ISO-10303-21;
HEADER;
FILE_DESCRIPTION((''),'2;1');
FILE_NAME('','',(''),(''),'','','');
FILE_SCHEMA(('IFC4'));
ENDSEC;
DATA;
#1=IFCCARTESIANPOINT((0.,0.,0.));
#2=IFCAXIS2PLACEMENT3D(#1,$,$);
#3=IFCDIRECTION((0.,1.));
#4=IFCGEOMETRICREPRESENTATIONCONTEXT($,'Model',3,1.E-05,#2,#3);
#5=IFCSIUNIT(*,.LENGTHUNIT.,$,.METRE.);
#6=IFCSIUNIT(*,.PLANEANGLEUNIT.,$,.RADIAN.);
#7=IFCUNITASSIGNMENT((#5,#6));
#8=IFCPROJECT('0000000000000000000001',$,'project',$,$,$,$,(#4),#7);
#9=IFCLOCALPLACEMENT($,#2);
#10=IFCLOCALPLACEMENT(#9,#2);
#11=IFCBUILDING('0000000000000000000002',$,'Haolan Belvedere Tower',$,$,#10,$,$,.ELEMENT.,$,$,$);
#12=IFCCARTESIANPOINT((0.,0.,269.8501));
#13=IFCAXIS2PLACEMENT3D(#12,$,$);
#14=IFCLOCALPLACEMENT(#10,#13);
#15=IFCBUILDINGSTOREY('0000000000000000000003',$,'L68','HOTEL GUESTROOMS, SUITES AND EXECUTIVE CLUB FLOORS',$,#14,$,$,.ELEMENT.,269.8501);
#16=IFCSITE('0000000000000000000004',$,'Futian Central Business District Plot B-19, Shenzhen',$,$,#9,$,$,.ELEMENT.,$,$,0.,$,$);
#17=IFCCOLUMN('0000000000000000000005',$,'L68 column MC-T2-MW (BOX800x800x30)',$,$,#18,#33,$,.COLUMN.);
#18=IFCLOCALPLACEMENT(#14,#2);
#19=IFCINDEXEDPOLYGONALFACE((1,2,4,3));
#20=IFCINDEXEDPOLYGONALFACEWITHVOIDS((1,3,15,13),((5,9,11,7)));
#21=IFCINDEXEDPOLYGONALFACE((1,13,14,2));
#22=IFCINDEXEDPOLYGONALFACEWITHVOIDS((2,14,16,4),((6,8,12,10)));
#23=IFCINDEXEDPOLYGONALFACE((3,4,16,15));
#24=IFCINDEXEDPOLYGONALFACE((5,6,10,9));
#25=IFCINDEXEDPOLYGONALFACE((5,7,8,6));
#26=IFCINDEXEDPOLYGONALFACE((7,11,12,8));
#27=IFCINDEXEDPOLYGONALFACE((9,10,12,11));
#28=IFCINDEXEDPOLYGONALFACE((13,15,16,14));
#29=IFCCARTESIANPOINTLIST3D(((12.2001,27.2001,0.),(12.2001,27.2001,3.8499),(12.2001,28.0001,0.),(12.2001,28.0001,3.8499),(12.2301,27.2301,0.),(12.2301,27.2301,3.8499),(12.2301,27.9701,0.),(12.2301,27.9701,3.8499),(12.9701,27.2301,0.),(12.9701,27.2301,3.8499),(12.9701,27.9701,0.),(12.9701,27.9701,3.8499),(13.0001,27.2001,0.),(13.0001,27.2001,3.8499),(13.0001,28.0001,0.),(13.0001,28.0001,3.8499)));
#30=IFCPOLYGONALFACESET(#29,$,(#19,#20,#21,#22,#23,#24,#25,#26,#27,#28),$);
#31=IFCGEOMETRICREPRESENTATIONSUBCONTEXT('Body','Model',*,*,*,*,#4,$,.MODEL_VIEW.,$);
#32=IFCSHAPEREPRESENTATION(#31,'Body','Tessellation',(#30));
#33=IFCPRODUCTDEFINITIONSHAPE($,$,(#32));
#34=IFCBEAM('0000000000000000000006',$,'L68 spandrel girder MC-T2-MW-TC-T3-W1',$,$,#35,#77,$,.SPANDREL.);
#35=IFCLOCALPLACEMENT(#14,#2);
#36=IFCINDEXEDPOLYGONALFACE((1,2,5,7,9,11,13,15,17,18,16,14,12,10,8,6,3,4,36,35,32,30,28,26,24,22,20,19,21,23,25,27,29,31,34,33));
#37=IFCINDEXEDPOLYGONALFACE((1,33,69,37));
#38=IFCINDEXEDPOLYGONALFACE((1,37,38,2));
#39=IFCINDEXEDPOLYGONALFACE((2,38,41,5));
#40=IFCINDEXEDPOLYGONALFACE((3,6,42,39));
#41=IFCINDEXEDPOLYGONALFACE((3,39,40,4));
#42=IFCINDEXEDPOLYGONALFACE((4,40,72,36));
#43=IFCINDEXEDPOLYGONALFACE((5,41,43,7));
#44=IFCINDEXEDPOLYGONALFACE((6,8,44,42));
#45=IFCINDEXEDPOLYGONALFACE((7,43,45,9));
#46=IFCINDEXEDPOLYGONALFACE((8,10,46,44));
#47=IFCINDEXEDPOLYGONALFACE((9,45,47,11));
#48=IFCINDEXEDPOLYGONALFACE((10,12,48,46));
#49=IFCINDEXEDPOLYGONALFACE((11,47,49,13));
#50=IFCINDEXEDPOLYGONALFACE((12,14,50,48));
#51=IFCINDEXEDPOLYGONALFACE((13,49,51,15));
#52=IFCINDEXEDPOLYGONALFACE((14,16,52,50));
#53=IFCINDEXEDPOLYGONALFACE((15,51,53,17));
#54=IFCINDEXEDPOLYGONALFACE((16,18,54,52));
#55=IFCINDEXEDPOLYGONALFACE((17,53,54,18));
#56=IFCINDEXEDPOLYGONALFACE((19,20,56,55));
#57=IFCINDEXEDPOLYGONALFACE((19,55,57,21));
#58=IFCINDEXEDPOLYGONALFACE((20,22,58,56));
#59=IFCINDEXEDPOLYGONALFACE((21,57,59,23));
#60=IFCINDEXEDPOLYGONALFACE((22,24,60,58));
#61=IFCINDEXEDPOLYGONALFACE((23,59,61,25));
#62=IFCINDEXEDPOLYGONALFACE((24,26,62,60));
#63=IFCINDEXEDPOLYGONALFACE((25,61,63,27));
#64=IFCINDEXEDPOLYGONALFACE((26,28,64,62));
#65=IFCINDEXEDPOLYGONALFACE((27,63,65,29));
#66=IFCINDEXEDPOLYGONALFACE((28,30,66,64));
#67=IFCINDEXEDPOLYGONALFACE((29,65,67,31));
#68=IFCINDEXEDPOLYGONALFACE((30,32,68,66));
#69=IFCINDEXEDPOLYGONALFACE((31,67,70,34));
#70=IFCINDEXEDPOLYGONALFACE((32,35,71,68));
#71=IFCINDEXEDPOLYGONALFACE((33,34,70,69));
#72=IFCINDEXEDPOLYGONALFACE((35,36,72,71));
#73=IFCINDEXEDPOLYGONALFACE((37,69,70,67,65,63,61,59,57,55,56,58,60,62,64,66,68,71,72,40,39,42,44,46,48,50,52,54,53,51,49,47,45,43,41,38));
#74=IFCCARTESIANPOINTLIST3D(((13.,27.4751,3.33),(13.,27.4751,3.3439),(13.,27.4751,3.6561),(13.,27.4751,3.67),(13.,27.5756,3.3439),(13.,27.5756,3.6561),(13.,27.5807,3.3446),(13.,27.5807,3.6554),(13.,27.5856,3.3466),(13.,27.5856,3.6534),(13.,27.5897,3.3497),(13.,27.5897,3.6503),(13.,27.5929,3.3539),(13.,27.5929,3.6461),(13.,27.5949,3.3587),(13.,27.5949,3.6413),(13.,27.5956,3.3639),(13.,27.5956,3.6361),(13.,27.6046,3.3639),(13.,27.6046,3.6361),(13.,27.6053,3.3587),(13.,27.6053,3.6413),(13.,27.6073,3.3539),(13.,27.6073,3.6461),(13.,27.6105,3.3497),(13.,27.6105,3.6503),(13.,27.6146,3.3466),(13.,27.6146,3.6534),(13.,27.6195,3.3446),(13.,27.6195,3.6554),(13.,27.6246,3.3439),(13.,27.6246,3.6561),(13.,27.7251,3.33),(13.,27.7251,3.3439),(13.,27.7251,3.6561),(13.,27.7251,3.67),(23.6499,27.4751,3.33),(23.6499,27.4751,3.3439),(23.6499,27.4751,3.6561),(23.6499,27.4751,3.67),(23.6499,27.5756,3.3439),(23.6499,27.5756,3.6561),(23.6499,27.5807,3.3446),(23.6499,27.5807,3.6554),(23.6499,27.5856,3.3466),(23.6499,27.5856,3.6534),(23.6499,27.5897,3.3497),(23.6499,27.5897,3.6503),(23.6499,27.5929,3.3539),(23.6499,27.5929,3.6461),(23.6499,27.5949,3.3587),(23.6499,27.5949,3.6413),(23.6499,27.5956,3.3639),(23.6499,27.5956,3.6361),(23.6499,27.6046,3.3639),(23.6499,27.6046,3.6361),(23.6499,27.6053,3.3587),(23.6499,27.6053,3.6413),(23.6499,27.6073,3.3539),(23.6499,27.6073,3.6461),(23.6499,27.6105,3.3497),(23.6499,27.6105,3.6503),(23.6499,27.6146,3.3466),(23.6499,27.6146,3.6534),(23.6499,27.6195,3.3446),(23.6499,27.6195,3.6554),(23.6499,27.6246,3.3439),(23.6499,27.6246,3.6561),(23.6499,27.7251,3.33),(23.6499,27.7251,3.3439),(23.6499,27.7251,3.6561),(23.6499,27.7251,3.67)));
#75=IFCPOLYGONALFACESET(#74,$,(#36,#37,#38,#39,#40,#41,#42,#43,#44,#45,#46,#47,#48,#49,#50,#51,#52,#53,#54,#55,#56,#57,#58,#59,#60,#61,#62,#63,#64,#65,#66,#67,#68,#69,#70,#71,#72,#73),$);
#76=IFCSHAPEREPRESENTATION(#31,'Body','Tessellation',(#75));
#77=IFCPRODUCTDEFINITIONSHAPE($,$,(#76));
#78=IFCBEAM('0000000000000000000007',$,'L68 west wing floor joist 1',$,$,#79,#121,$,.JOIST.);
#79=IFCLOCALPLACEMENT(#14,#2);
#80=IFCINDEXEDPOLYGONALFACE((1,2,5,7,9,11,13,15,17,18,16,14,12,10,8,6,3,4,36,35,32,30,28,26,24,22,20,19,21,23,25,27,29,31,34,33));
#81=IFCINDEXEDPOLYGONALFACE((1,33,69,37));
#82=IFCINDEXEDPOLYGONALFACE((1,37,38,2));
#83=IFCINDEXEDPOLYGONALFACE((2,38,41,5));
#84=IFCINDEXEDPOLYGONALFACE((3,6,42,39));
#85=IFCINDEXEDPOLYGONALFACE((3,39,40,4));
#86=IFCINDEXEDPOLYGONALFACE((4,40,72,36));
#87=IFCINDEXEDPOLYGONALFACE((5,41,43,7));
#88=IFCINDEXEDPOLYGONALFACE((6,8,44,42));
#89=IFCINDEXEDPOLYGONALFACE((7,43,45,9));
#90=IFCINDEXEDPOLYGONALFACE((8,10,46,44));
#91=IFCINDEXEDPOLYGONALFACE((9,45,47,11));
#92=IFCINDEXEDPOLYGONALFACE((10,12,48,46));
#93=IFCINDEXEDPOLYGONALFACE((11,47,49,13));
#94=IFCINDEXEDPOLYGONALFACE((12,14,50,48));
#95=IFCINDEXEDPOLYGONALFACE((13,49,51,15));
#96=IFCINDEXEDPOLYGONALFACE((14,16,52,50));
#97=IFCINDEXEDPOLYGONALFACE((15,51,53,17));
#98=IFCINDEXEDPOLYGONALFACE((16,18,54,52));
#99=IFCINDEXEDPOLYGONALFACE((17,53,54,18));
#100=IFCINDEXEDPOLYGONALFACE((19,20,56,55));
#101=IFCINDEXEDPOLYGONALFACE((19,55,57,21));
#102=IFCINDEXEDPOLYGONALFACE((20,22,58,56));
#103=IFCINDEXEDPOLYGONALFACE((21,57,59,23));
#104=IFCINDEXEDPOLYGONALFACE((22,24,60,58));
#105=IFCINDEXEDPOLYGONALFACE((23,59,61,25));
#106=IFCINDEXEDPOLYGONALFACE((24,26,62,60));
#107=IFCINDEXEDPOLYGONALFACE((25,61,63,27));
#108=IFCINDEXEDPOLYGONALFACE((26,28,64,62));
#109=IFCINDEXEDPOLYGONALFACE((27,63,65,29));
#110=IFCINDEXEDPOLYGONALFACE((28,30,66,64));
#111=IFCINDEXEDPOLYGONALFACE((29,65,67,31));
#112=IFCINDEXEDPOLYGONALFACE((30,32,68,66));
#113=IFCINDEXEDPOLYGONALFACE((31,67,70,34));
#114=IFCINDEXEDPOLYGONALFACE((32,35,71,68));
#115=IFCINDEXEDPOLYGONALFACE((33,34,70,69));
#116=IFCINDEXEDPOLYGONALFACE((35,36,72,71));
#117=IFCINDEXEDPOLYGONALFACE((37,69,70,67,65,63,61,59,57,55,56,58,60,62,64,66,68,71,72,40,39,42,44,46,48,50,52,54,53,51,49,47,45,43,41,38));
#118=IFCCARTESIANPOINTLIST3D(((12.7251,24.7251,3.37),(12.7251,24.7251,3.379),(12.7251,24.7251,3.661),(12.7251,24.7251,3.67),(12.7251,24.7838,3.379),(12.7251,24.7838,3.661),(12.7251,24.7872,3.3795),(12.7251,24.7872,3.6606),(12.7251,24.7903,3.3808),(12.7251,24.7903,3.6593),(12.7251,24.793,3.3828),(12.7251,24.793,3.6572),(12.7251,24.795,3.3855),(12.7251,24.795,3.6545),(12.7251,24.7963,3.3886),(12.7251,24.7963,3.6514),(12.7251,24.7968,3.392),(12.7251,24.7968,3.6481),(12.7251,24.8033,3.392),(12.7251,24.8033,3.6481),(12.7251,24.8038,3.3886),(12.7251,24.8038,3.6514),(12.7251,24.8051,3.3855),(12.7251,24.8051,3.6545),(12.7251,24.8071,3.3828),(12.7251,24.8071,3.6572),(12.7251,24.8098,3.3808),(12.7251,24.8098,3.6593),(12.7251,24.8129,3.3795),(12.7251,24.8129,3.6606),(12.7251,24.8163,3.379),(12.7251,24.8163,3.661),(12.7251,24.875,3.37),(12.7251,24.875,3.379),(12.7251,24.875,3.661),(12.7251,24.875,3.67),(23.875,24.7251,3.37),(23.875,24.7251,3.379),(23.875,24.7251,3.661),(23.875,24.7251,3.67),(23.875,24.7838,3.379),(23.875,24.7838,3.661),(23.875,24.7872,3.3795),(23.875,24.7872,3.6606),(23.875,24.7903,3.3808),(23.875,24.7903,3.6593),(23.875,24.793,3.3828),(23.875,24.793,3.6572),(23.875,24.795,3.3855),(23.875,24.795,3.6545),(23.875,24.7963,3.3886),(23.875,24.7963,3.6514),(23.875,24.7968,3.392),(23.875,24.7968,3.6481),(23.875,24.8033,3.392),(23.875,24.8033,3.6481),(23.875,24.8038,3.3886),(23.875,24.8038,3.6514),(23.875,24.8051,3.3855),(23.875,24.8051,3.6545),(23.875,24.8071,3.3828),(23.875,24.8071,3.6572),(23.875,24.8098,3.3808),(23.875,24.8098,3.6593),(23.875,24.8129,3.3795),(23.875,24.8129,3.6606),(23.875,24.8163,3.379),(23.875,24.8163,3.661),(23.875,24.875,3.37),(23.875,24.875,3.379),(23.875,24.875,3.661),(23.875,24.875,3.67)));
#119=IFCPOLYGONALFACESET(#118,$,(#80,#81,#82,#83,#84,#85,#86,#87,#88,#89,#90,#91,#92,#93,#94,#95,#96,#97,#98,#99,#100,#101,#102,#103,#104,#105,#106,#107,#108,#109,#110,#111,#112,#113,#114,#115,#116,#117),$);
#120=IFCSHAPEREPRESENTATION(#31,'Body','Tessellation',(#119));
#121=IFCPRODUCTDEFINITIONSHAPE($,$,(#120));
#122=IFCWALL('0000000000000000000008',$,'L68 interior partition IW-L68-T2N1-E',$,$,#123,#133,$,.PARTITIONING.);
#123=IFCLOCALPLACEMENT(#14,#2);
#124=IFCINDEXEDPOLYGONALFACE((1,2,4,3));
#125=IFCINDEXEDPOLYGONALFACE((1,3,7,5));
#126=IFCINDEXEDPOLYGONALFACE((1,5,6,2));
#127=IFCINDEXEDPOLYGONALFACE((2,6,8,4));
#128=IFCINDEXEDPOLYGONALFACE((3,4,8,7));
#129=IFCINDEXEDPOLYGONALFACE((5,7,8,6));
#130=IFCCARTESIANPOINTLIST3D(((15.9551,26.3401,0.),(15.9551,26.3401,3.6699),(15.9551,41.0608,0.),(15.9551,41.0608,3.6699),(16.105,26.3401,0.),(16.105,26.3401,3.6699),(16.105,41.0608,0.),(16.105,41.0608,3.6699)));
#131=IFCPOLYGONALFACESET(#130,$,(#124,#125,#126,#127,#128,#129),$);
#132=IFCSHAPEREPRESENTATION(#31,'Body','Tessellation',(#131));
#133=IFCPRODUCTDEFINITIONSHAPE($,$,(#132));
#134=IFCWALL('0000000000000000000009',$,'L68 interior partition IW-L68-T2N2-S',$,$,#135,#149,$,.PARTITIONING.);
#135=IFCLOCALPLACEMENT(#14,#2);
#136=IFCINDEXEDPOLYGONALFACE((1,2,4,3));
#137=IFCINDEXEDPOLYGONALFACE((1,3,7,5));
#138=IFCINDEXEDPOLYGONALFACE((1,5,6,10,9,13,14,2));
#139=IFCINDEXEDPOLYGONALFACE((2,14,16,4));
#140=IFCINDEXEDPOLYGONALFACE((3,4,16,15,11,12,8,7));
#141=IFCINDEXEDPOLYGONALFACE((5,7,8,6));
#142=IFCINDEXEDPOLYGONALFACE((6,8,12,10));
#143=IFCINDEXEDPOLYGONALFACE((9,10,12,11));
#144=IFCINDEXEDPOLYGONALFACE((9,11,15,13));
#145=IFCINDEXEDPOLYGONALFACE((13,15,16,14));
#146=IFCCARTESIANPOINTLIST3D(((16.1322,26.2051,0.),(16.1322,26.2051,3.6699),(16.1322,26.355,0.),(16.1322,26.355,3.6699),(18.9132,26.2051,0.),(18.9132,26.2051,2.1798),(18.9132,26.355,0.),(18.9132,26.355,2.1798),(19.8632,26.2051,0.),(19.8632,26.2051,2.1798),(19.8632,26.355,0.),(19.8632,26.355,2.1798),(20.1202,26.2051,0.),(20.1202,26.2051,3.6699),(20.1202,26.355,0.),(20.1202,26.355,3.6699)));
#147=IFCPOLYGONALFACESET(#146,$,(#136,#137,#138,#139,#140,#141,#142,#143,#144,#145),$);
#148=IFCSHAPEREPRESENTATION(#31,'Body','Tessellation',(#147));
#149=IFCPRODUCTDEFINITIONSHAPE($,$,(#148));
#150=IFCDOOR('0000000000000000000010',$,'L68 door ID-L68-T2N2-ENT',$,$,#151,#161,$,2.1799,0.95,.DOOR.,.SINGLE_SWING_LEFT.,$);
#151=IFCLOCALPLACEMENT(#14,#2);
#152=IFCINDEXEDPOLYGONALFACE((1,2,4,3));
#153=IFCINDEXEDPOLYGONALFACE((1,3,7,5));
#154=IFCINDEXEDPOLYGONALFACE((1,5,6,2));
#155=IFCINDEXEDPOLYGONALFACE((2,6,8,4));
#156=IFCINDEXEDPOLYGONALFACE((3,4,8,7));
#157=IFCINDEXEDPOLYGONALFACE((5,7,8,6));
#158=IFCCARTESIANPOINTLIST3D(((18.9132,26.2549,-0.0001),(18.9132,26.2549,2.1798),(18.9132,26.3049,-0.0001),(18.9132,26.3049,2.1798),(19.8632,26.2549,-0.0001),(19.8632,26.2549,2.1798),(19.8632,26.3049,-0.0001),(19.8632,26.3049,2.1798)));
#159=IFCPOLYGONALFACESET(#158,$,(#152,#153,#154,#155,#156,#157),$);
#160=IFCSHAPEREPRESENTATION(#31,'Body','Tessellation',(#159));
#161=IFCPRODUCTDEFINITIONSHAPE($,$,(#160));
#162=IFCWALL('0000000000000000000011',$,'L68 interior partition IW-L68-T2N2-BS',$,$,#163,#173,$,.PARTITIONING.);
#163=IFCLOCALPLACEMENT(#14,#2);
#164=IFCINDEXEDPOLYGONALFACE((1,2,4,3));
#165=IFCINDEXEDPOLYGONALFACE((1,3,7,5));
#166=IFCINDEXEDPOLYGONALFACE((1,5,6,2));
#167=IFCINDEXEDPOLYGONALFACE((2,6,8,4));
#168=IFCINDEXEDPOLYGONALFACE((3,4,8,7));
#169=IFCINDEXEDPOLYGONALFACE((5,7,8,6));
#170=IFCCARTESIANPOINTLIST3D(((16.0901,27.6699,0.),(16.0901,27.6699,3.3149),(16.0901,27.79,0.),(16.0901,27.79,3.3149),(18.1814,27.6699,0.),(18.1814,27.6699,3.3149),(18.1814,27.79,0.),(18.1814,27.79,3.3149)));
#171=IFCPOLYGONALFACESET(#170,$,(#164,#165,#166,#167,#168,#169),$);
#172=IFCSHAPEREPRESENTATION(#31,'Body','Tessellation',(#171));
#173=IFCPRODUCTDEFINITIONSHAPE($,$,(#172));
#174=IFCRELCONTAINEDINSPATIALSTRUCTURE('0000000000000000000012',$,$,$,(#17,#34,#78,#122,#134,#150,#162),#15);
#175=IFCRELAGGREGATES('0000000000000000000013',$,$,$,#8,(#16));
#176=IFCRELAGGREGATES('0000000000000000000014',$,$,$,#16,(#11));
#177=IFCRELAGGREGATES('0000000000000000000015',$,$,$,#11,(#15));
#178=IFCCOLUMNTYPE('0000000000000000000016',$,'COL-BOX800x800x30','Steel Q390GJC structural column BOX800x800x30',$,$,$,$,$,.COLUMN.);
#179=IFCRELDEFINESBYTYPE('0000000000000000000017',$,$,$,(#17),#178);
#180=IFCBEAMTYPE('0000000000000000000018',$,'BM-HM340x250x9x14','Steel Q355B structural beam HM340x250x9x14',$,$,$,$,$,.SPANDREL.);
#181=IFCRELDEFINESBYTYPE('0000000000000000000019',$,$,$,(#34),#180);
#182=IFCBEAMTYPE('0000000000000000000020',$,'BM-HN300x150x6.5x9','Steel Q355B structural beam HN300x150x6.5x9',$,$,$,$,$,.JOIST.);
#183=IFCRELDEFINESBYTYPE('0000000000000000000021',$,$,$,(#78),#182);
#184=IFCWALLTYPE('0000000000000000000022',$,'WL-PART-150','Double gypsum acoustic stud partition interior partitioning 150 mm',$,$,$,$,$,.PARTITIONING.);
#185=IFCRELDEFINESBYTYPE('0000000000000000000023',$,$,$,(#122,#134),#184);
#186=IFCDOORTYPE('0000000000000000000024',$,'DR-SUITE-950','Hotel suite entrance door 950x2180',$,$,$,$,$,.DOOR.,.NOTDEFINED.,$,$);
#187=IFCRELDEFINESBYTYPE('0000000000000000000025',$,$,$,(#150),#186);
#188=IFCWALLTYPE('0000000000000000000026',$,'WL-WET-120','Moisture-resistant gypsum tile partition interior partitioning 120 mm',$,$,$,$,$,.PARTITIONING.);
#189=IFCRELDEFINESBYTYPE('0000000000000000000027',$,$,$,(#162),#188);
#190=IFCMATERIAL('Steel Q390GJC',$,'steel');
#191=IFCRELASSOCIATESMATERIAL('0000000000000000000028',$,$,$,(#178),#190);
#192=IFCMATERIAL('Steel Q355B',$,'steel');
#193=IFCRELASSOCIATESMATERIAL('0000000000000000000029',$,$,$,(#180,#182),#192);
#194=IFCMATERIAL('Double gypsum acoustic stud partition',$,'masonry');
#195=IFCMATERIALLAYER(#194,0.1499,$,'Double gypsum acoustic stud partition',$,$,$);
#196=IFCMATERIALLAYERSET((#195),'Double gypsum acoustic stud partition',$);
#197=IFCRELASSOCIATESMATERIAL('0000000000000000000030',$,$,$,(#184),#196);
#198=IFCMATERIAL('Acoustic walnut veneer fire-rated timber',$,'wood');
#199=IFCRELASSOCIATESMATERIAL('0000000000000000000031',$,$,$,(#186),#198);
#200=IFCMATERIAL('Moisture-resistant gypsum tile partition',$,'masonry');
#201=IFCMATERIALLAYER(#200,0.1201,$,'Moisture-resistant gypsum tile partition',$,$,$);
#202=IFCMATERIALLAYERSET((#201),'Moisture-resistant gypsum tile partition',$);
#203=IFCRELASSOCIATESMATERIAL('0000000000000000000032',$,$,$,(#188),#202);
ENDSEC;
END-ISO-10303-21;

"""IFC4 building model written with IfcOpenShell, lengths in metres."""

from ifc_helpers import new_model, si_unit, direction, frame, frame_2d, origin, origin_2d, place, context, subcontext, project, spatial, rectangle, hollow_rectangle, i_section, extrude, material, layer, layer_set, material_profile, profile_set, type_object, element, fill, save


model = new_model("IFC4")

# Units and contexts
model_context = context("Model", 3, precision=1e-05, world=origin(), true_north=direction((0.0, 1.0)))
body_context = subcontext(model_context, "Body", "Model", "MODEL_VIEW")
ifc_project = project(units=[si_unit("LENGTHUNIT", "METRE"), si_unit("PLANEANGLEUNIT", "RADIAN")], contexts=[model_context])

# Site, building, storey
site_placement = place(None, origin())
site = spatial("IfcSite", under=ifc_project, at=site_placement, Name="Futian Central Business District Plot B-19, Shenzhen", CompositionType="ELEMENT", RefElevation=0.0)
building_placement = place(site_placement, origin())
building = spatial("IfcBuilding", under=site, at=building_placement, Name="Haolan Belvedere Tower", CompositionType="ELEMENT")
storey_placement = place(building_placement, frame((0.0, 0.0, 269.8501)))
storey = spatial("IfcBuildingStorey", under=building, at=storey_placement, Name="L68", Description="HOTEL GUESTROOMS, SUITES AND EXECUTIVE CLUB FLOORS", CompositionType="ELEMENT", Elevation=269.8501)

# Column
ifc_material_1 = material(Name="Steel Q390GJC", Category="steel")
ifc_material_profile_1 = material_profile(ifc_material_1, hollow_rectangle(XDim=0.8, YDim=0.8, WallThickness=0.03, at=origin_2d()), Name="Steel Q390GJC")
ifc_profile_set_1 = profile_set([ifc_material_profile_1], Name="Steel Q390GJC")
column_type = type_object("IfcColumnType", Name="COL-BOX800x800x30", Description="Steel Q390GJC structural column BOX800x800x30", PredefinedType="COLUMN", material=ifc_profile_set_1)
column_placement = place(storey_placement, frame((12.6001, 27.6001, 0.0), z_axis=(0.0, 0.0, 1.0), x_axis=(1.0, 0.0, 0.0)))
element("IfcColumn", 1, at=column_placement, inside=storey, type_object=column_type, Name="L68 column MC-T2-MW (BOX800x800x30)", PredefinedType="COLUMN", context=body_context, shape_type="SweptSolid", body=[
    extrude(hollow_rectangle(XDim=0.8, YDim=0.8, WallThickness=0.03, at=origin_2d()), origin(), (0.0, 0.0, 1.0), 3.8499),
])

# Beams
ifc_material_2 = material(Name="Steel Q355B", Category="steel")
ifc_material_profile_2 = material_profile(ifc_material_2, i_section(OverallWidth=0.25, OverallDepth=0.3401, WebThickness=0.009, FlangeThickness=0.0139, FilletRadius=0.02, at=origin_2d()), Name="Steel Q355B")
ifc_profile_set_2 = profile_set([ifc_material_profile_2], Name="Steel Q355B")
beam_type_1 = type_object("IfcBeamType", Name="BM-HM340x250x9x14", Description="Steel Q355B structural beam HM340x250x9x14", PredefinedType="SPANDREL", material=ifc_profile_set_2)
beam_1_placement = place(storey_placement, frame((13.0, 27.6001, 3.5), z_axis=(1.0, 0.0, 0.0), x_axis=(0.0, 1.0, 0.0)))
element("IfcBeam", 2, at=beam_1_placement, inside=storey, type_object=beam_type_1, Name="L68 spandrel girder MC-T2-MW-TC-T3-W1", PredefinedType="SPANDREL", context=body_context, shape_type="SweptSolid", body=[
    extrude(i_section(OverallWidth=0.25, OverallDepth=0.3401, WebThickness=0.009, FlangeThickness=0.0139, FilletRadius=0.02, at=origin_2d()), origin(), (0.0, 0.0, 1.0), 10.6499),
])
ifc_material_profile_3 = material_profile(ifc_material_2, i_section(OverallWidth=0.1499, OverallDepth=0.3, WebThickness=0.0066, FlangeThickness=0.009, FilletRadius=0.0129, at=origin_2d()), Name="Steel Q355B")
ifc_profile_set_3 = profile_set([ifc_material_profile_3], Name="Steel Q355B")
beam_type_2 = type_object("IfcBeamType", Name="BM-HN300x150x6.5x9", Description="Steel Q355B structural beam HN300x150x6.5x9", PredefinedType="JOIST", material=ifc_profile_set_3)
beam_2_placement = place(storey_placement, frame((12.7251, 24.8, 3.52), z_axis=(1.0, 0.0, 0.0), x_axis=(0.0, 1.0, 0.0)))
element("IfcBeam", 3, at=beam_2_placement, inside=storey, type_object=beam_type_2, Name="L68 west wing floor joist 1", PredefinedType="JOIST", context=body_context, shape_type="SweptSolid", body=[
    extrude(i_section(OverallWidth=0.1499, OverallDepth=0.3, WebThickness=0.0066, FlangeThickness=0.009, FilletRadius=0.0129, at=origin_2d()), origin(), (0.0, 0.0, 1.0), 11.1499),
])

# Shared definitions
ifc_material_3 = material(Name="Double gypsum acoustic stud partition", Category="masonry")
ifc_layer_1 = layer(ifc_material_3, 0.1499, Name="Double gypsum acoustic stud partition")
ifc_layer_set_1 = layer_set([ifc_layer_1], Name="Double gypsum acoustic stud partition")
wall_type_1 = type_object("IfcWallType", Name="WL-PART-150", Description="Double gypsum acoustic stud partition interior partitioning 150 mm", PredefinedType="PARTITIONING", material=ifc_layer_set_1)

# Wall
wall_1_placement = place(storey_placement, frame((16.03, 26.3401, 0.0), z_axis=(0.0, 0.0, 1.0), x_axis=(0.0, 1.0, 0.0)))
element("IfcWall", 4, at=wall_1_placement, inside=storey, type_object=wall_type_1, Name="L68 interior partition IW-L68-T2N1-E", PredefinedType="PARTITIONING", context=body_context, shape_type="SweptSolid", body=[
    extrude(rectangle(XDim=14.7207, YDim=0.1499, at=frame_2d((7.3604, 0.0))), origin(), (0.0, 0.0, 1.0), 3.6699),
])

# Wall, opening, door
wall_2_placement = place(storey_placement, frame((16.1321, 26.28, 0.0), z_axis=(0.0, 0.0, 1.0), x_axis=(1.0, 0.0, 0.0)))
wall_2 = element("IfcWall", 5, at=wall_2_placement, inside=storey, type_object=wall_type_1, Name="L68 interior partition IW-L68-T2N2-S", PredefinedType="PARTITIONING", context=body_context, shape_type="SweptSolid", body=[
    extrude(rectangle(XDim=3.988, YDim=0.1499, at=frame_2d((1.9941, 0.0))), origin(), (0.0, 0.0, 1.0), 3.6699),
])
opening_1_placement = place(wall_2_placement, frame((2.781, 0.0, 0.0)))
opening_1 = element("IfcOpeningElement", 6, at=opening_1_placement, cuts=wall_2, PredefinedType="OPENING", context=body_context, shape_type="SweptSolid", body=[
    extrude(rectangle(XDim=0.95, YDim=2.1799, at=frame_2d((0.4751, 1.0898))), frame((0.0, 0.085, 0.0), z_axis=(0.0, -1.0, 0.0), x_axis=(1.0, 0.0, 0.0)), (0.0, 0.0, 1.0), 0.1699),
])
ifc_material_4 = material(Name="Acoustic walnut veneer fire-rated timber", Category="wood")
door_type_1 = type_object("IfcDoorType", Name="DR-SUITE-950", Description="Hotel suite entrance door 950x2180", OperationType="NOTDEFINED", PredefinedType="DOOR", material=ifc_material_4)
door_1_placement = place(opening_1_placement, origin())
door_1 = element("IfcDoor", 7, at=door_1_placement, inside=storey, type_object=door_type_1, Name="L68 door ID-L68-T2N2-ENT", OperationType="SINGLE_SWING_LEFT", OverallHeight=2.1799, OverallWidth=0.95, PredefinedType="DOOR", context=body_context, shape_type="SweptSolid", body=[
    extrude(rectangle(XDim=0.95, YDim=2.1799, at=frame_2d((0.4751, 1.0898))), frame((0.0, 0.0249, 0.0), z_axis=(0.0, -1.0, 0.0), x_axis=(1.0, 0.0, 0.0)), (0.0, 0.0, 1.0), 0.05),
])
fill(opening_1, door_1)

# Wall
ifc_material_5 = material(Name="Moisture-resistant gypsum tile partition", Category="masonry")
ifc_layer_2 = layer(ifc_material_5, 0.1201, Name="Moisture-resistant gypsum tile partition")
ifc_layer_set_2 = layer_set([ifc_layer_2], Name="Moisture-resistant gypsum tile partition")
wall_type_2 = type_object("IfcWallType", Name="WL-WET-120", Description="Moisture-resistant gypsum tile partition interior partitioning 120 mm", PredefinedType="PARTITIONING", material=ifc_layer_set_2)
wall_3_placement = place(storey_placement, frame((16.0901, 27.73, 0.0), z_axis=(0.0, 0.0, 1.0), x_axis=(1.0, 0.0, 0.0)))
element("IfcWall", 8, at=wall_3_placement, inside=storey, type_object=wall_type_2, Name="L68 interior partition IW-L68-T2N2-BS", PredefinedType="PARTITIONING", context=body_context, shape_type="SweptSolid", body=[
    extrude(rectangle(XDim=2.0913, YDim=0.1201, at=frame_2d((1.0457, 0.0))), origin(), (0.0, 0.0, 1.0), 3.3149),
])

save(model, "model.ifc")
